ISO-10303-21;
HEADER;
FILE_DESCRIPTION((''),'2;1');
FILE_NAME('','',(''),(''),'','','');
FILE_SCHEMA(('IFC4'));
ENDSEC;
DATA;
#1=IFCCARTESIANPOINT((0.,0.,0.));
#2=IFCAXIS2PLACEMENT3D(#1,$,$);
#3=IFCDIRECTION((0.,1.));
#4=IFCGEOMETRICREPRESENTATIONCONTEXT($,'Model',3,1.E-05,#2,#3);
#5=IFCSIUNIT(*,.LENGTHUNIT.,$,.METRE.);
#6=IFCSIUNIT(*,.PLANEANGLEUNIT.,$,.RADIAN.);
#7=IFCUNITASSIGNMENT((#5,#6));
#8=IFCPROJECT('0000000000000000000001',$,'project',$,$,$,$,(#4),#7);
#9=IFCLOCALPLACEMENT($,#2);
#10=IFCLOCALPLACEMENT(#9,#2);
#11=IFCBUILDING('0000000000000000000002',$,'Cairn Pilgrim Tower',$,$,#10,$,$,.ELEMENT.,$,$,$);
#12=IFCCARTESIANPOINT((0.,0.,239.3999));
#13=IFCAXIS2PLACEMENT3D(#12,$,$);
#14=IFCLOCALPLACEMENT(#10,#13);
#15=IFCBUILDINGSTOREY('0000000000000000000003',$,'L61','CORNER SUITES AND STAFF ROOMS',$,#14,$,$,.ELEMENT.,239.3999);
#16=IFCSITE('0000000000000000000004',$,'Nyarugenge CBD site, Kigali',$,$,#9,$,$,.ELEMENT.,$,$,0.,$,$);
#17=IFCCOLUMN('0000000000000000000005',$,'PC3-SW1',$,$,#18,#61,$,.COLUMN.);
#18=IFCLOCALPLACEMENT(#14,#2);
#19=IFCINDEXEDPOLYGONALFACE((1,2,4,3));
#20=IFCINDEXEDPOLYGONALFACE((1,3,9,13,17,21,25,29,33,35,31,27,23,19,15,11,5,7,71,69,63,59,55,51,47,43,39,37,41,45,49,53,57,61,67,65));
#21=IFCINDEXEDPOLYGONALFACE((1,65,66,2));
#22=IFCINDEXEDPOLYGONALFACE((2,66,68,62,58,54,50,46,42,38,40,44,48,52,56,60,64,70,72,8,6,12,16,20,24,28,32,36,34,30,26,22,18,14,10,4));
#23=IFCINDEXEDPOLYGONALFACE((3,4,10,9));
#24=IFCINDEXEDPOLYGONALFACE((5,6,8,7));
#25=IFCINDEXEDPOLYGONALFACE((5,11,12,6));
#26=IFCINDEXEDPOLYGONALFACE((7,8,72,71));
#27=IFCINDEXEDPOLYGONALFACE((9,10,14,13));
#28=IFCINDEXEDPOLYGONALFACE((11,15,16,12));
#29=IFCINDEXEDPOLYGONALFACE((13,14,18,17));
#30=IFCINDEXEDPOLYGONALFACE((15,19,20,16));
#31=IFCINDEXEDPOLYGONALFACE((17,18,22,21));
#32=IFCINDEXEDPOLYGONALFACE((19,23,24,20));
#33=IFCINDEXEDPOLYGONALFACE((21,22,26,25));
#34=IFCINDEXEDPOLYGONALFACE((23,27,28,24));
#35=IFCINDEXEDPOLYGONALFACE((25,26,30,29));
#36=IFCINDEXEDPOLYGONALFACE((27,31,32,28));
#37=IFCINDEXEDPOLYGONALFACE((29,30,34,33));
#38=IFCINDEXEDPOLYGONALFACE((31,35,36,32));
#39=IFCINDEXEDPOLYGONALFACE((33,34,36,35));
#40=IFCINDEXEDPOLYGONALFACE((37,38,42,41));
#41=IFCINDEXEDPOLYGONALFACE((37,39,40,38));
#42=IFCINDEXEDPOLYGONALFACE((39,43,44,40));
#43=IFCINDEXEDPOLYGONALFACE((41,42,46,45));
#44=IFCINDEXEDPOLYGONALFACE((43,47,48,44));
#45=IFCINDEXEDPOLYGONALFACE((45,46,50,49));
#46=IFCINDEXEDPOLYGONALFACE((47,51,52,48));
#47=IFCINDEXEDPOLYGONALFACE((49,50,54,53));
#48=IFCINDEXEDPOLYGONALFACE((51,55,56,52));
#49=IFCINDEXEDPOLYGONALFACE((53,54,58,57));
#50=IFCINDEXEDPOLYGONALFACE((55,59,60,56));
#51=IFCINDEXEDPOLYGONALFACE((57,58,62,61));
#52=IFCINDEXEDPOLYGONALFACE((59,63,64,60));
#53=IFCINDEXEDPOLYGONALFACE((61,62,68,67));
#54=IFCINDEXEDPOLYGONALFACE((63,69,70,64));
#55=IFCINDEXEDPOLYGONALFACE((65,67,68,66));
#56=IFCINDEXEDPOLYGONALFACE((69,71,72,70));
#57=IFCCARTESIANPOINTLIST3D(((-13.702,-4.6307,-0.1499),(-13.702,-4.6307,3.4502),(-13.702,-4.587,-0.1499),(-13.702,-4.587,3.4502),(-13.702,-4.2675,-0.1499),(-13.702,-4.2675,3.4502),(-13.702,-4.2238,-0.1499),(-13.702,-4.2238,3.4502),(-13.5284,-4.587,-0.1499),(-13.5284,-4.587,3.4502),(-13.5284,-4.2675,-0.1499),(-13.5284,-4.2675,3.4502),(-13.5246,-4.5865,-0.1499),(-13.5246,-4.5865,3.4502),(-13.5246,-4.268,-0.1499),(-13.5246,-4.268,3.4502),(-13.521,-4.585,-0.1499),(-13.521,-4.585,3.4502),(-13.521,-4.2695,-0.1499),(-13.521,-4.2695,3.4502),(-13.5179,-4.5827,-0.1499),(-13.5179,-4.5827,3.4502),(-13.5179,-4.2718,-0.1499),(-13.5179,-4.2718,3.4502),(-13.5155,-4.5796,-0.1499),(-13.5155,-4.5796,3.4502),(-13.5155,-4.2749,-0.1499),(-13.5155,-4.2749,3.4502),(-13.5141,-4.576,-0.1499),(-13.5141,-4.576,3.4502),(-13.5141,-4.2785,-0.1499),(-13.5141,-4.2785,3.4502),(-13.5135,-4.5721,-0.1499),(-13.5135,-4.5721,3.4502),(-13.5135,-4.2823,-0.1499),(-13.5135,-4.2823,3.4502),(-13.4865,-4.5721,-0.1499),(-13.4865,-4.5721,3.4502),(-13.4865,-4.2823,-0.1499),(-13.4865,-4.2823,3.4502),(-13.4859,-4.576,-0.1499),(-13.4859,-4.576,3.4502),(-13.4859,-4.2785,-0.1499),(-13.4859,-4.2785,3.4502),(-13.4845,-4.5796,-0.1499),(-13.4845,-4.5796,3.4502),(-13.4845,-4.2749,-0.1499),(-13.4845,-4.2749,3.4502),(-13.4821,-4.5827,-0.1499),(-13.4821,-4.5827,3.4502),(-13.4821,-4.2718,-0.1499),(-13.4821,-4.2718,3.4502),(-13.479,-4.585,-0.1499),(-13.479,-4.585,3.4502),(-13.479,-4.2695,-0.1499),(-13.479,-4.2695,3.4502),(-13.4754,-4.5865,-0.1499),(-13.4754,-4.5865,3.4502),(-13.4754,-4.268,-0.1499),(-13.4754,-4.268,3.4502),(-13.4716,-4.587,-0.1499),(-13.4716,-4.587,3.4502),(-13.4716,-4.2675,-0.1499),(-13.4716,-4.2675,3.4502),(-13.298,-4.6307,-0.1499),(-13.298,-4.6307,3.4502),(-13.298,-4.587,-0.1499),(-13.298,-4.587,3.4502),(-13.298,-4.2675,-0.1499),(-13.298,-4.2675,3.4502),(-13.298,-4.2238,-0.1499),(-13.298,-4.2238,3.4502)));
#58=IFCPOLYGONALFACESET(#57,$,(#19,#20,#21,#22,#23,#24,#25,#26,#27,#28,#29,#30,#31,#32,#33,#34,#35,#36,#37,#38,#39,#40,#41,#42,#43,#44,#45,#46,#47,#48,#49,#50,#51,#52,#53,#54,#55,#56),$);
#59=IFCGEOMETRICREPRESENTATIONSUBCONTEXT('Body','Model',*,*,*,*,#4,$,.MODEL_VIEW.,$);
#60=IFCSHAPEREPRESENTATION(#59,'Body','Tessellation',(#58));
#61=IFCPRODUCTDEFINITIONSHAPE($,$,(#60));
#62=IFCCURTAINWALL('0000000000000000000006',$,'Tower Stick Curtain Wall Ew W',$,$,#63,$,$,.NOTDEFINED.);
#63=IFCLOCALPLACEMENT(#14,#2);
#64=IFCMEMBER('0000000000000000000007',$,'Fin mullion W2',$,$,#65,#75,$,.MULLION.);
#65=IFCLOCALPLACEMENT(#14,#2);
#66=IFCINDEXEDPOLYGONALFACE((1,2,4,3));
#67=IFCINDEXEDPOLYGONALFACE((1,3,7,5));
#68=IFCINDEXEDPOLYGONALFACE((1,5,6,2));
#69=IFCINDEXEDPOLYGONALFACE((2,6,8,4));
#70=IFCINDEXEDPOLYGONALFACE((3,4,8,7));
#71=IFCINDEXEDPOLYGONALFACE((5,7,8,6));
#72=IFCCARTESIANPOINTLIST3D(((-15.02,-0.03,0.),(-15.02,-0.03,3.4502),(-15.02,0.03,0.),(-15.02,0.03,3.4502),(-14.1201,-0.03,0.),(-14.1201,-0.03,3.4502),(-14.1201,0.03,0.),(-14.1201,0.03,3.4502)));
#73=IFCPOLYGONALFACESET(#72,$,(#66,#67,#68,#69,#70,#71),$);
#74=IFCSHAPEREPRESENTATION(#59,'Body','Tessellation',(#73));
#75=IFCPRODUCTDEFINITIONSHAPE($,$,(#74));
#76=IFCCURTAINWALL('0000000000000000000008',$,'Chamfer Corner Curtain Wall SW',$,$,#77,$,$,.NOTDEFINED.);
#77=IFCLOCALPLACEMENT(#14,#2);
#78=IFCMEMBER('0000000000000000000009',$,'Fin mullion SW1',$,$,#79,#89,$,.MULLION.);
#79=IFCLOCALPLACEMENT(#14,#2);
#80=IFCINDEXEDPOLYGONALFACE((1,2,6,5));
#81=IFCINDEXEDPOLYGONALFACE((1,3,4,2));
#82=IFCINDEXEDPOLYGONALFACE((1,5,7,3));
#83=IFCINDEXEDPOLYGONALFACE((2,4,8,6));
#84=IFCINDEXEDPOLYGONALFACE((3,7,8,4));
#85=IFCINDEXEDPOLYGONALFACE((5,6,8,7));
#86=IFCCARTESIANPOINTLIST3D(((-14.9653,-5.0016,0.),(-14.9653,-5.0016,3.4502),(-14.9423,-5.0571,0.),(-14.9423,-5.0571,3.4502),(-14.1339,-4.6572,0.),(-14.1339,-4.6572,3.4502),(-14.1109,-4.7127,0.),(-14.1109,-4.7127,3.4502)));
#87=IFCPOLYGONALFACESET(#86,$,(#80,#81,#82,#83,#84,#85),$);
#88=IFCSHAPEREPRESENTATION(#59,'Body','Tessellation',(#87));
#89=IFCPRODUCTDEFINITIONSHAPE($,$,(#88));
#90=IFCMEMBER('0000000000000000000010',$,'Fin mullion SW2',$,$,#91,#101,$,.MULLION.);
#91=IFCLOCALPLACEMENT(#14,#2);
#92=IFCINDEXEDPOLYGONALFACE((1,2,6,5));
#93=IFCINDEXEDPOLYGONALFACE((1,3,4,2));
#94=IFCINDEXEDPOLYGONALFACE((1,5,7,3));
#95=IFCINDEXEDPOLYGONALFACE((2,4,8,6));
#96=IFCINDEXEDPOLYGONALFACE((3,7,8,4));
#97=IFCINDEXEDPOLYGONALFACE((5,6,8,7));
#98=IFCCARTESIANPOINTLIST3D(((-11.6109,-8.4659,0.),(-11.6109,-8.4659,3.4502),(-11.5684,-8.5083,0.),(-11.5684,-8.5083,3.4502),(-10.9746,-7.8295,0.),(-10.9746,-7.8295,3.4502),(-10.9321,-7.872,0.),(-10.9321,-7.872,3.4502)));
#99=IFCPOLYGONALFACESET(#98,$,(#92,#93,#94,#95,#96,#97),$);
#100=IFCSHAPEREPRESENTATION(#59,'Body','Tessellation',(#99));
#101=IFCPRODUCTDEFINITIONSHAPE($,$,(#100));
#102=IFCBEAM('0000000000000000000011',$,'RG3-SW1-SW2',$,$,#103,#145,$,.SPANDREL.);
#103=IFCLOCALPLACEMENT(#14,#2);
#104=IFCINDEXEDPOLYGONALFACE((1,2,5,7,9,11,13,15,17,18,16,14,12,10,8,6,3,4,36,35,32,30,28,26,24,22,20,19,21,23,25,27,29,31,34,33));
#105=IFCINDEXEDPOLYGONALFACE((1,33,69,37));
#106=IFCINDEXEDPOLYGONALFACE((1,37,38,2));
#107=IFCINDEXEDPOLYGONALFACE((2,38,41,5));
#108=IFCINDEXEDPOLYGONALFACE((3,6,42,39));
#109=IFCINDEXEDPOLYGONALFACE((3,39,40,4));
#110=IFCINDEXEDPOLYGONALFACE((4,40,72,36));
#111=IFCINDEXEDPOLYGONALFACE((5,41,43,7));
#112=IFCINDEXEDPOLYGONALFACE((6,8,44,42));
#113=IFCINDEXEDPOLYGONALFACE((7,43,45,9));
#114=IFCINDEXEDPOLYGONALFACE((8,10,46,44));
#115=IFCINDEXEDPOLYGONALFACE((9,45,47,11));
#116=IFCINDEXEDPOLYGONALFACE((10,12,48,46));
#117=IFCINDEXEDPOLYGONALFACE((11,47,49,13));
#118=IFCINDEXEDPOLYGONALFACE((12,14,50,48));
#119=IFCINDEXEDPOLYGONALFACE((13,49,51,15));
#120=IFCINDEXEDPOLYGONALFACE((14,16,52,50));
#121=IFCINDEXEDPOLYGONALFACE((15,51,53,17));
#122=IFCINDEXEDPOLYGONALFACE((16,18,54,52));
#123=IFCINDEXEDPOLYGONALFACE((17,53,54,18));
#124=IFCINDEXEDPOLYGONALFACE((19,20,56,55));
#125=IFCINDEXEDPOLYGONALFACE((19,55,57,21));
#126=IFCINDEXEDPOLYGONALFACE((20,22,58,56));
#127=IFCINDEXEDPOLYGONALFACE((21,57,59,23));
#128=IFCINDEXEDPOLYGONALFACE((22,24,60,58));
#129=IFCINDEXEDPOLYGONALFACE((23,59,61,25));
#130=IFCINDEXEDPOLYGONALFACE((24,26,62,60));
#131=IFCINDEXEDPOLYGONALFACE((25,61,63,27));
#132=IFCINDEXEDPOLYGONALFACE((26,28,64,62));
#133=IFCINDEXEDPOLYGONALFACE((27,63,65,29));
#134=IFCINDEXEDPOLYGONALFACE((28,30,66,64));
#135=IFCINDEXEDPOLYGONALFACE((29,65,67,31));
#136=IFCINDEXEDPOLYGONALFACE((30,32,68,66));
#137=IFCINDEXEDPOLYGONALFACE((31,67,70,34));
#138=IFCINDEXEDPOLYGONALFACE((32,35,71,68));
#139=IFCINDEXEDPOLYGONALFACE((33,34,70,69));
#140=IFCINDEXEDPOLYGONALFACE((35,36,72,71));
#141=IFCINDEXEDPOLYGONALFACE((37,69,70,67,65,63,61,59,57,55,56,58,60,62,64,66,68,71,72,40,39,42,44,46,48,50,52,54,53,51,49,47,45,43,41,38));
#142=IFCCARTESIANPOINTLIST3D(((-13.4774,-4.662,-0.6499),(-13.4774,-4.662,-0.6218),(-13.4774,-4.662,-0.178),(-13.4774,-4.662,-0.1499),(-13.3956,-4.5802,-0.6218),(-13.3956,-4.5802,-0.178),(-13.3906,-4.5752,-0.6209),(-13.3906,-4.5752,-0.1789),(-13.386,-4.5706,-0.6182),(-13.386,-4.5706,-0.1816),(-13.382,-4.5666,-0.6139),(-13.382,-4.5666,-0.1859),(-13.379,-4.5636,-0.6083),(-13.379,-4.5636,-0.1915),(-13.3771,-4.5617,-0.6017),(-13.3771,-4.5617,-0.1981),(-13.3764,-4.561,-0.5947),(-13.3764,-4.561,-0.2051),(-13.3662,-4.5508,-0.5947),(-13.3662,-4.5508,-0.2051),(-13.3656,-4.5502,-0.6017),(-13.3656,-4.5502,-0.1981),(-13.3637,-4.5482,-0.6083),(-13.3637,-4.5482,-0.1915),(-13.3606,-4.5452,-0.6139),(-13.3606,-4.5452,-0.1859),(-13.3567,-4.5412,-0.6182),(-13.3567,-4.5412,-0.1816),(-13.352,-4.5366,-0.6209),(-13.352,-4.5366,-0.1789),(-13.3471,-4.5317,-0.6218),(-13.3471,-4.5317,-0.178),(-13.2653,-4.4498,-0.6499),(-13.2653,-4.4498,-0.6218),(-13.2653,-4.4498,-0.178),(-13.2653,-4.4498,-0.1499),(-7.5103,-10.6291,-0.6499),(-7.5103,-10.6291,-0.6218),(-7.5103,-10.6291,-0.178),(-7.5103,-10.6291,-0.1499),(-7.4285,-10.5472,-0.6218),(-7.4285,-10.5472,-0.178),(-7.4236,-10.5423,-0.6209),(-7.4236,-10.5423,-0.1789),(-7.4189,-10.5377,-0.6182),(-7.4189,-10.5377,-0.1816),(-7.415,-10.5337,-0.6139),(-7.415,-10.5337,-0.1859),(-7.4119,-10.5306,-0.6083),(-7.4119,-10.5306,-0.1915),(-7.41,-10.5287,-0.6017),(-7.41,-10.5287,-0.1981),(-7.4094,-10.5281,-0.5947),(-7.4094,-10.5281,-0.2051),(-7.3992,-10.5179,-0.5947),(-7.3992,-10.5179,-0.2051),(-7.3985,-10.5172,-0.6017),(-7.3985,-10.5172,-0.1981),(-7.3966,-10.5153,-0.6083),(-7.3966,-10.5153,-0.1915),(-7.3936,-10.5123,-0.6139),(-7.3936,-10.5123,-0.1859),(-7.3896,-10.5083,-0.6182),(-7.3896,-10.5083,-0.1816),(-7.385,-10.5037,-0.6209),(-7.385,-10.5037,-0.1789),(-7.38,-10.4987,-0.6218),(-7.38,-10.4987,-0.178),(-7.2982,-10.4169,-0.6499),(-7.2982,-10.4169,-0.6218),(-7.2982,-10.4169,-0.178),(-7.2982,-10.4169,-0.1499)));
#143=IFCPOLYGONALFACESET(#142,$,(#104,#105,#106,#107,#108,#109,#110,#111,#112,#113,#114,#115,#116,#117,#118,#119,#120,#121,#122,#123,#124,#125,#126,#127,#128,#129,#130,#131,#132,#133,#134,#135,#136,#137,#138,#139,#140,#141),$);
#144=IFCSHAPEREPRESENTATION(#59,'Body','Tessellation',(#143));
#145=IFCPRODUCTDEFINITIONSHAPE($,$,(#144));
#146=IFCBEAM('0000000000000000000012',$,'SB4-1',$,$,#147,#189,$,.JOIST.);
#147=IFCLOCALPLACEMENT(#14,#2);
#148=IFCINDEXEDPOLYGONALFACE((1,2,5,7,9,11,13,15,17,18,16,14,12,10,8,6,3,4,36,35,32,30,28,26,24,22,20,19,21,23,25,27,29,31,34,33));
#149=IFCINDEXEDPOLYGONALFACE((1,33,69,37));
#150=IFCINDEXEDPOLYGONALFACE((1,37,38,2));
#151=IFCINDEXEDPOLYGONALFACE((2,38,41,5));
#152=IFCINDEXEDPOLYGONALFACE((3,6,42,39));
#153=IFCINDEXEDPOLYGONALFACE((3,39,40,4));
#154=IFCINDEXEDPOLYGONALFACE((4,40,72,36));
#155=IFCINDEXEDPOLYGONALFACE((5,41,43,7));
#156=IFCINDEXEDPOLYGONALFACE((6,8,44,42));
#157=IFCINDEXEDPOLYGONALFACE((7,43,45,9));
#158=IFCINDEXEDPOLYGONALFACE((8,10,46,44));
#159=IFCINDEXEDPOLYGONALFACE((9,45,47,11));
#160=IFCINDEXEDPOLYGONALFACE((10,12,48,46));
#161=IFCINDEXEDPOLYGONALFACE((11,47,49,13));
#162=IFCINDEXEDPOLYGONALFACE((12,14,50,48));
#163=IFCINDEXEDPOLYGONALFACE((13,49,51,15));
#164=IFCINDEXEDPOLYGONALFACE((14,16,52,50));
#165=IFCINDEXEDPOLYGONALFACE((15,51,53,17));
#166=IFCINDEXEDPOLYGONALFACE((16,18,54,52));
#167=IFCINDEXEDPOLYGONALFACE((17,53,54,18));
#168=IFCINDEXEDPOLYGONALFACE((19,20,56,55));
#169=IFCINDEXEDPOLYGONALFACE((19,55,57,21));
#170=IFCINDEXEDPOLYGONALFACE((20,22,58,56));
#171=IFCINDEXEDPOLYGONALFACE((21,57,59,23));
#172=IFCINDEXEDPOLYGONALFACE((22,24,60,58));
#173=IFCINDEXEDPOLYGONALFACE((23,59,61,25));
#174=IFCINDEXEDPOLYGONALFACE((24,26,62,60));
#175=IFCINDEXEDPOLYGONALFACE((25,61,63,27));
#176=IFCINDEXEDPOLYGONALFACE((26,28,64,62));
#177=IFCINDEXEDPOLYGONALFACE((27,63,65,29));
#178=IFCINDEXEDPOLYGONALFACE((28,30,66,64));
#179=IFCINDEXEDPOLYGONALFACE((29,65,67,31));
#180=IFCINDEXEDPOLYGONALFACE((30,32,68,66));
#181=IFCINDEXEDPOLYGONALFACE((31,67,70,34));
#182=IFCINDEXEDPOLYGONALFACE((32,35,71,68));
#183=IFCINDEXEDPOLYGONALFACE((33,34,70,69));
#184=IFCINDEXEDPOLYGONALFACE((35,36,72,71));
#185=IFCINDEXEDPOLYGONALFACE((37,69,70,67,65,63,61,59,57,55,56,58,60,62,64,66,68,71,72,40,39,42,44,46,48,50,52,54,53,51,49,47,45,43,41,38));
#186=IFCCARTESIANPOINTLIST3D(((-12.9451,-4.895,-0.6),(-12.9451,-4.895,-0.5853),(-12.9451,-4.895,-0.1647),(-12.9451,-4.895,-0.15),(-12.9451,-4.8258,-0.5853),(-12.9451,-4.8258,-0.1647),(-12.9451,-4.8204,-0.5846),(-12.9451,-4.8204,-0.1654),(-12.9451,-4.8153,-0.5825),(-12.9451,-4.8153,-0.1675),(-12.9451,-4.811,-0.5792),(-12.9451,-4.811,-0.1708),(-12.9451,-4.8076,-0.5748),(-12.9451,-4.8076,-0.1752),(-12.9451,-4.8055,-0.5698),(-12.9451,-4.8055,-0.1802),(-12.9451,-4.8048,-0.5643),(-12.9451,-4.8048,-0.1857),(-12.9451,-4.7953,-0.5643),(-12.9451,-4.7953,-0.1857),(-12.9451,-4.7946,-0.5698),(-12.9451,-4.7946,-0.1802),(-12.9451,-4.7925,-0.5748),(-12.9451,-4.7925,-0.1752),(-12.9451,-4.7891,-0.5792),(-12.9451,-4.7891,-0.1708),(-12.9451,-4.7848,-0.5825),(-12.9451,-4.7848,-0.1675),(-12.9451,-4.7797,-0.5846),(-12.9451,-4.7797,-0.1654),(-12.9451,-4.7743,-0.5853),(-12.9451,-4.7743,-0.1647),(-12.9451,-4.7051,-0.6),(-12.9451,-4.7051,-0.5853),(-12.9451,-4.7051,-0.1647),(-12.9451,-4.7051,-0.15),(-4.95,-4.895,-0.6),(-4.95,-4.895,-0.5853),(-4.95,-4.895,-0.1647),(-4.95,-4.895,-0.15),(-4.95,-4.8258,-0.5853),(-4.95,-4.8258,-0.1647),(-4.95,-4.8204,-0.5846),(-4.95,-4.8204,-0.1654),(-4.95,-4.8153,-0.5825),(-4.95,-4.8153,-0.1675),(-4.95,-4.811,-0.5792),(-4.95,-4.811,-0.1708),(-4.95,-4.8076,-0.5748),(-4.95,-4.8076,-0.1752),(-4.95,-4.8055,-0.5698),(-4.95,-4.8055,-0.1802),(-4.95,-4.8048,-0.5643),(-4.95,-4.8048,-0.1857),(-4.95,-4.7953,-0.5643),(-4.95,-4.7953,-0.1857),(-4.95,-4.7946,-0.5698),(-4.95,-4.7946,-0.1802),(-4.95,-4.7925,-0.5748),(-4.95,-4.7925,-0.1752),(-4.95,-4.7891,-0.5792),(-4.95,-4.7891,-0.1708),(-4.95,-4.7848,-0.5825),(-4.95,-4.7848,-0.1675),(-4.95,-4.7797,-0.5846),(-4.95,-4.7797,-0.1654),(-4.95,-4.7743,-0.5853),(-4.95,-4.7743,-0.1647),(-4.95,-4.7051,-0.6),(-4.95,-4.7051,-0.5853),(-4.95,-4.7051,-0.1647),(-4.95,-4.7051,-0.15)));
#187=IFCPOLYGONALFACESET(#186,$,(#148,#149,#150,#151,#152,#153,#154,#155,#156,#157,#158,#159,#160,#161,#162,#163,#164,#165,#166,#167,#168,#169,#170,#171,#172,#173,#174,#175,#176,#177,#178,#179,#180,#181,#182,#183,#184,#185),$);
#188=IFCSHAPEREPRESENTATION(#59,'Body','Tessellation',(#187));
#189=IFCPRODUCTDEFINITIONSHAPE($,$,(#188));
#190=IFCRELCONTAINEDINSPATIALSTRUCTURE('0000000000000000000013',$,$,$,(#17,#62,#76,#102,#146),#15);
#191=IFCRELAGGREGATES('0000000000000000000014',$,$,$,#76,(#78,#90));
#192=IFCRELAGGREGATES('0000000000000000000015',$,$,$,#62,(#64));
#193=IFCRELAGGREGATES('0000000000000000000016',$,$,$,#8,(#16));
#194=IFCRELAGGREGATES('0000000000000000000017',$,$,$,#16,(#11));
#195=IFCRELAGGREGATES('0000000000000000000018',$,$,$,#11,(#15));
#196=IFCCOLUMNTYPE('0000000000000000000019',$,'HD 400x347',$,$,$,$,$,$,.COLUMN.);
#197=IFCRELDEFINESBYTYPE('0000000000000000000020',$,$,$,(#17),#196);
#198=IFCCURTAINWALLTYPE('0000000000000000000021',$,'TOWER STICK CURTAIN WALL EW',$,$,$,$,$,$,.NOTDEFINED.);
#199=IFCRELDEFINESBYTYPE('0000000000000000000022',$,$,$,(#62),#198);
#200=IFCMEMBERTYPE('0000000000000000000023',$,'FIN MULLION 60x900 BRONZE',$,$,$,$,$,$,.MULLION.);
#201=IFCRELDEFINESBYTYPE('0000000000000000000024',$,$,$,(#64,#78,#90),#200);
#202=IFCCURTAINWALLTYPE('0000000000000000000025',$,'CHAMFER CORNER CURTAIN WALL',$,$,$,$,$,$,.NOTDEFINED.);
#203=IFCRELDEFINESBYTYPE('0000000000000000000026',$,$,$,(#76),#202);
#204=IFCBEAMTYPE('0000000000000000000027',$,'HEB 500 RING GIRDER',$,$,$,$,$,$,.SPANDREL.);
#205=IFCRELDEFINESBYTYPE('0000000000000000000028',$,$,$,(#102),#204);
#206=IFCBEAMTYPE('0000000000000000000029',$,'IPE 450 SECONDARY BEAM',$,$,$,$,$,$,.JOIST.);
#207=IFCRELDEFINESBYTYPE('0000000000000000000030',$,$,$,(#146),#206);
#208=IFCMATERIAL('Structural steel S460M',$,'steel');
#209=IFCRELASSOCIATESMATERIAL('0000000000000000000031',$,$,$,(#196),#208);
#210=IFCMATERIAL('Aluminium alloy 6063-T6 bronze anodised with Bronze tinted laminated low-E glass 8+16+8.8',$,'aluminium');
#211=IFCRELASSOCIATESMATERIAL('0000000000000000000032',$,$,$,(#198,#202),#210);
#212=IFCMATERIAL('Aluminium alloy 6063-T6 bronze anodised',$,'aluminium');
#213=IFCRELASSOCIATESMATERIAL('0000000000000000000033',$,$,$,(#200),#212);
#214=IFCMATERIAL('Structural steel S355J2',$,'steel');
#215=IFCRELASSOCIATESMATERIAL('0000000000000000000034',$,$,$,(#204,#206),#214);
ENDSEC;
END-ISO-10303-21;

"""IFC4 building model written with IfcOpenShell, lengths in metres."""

from ifc_helpers import new_model, si_unit, direction, frame, origin, origin_2d, place, context, subcontext, project, spatial, rectangle, i_section, extrude, material, material_profile, profile_set, type_object, element, aggregate, save


model = new_model("IFC4")

# Units and contexts
model_context = context("Model", 3, precision=1e-05, world=origin(), true_north=direction((0.0, 1.0)))
body_context = subcontext(model_context, "Body", "Model", "MODEL_VIEW")
ifc_project = project(units=[si_unit("LENGTHUNIT", "METRE"), si_unit("PLANEANGLEUNIT", "RADIAN")], contexts=[model_context])

# Site, building, storey
site_placement = place(None, origin())
site = spatial("IfcSite", under=ifc_project, at=site_placement, Name="Nyarugenge CBD site, Kigali", CompositionType="ELEMENT", RefElevation=0.0)
building_placement = place(site_placement, origin())
building = spatial("IfcBuilding", under=site, at=building_placement, Name="Cairn Pilgrim Tower", CompositionType="ELEMENT")
storey_placement = place(building_placement, frame((0.0, 0.0, 239.3999)))
storey = spatial("IfcBuildingStorey", under=building, at=storey_placement, Name="L61", Description="CORNER SUITES AND STAFF ROOMS", CompositionType="ELEMENT", Elevation=239.3999)

# Column
ifc_material_1 = material(Name="Structural steel S460M", Category="steel")
ifc_material_profile_1 = material_profile(ifc_material_1, i_section(OverallWidth=0.4041, OverallDepth=0.407, WebThickness=0.0271, FlangeThickness=0.0437, FilletRadius=0.0149, at=origin_2d()), Name="HD 400x347")
ifc_profile_set_1 = profile_set([ifc_material_profile_1], Name="Structural steel S460M")
column_type = type_object("IfcColumnType", Name="HD 400x347", PredefinedType="COLUMN", material=ifc_profile_set_1)
column_placement = place(storey_placement, frame((-13.5, -4.4272, -0.1499), z_axis=(0.0, 0.0, 1.0), x_axis=(1.0, 0.0, 0.0)))
element("IfcColumn", 1, at=column_placement, inside=storey, type_object=column_type, Name="PC3-SW1", PredefinedType="COLUMN", context=body_context, shape_type="SweptSolid", body=[
    extrude(i_section(OverallWidth=0.4041, OverallDepth=0.407, WebThickness=0.0271, FlangeThickness=0.0437, FilletRadius=0.0149, at=origin_2d()), origin(), (0.0, 0.0, 1.0), 3.6001),
])

# Curtain wall, member
ifc_material_2 = material(Name="Aluminium alloy 6063-T6 bronze anodised with Bronze tinted laminated low-E glass 8+16+8.8", Category="aluminium")
curtain_wall_type_1 = type_object("IfcCurtainWallType", Name="TOWER STICK CURTAIN WALL EW", PredefinedType="NOTDEFINED", material=ifc_material_2)
curtain_wall_1_placement = place(storey_placement, origin())
curtain_wall_1 = element("IfcCurtainWall", 2, at=curtain_wall_1_placement, inside=storey, type_object=curtain_wall_type_1, Name="Tower Stick Curtain Wall Ew W", PredefinedType="NOTDEFINED")
ifc_material_3 = material(Name="Aluminium alloy 6063-T6 bronze anodised", Category="aluminium")
ifc_material_profile_2 = material_profile(ifc_material_3, rectangle(XDim=0.8999, YDim=0.0601, at=origin_2d()), Name="FIN MULLION 60x900 BRONZE")
ifc_profile_set_2 = profile_set([ifc_material_profile_2], Name="Aluminium alloy 6063-T6 bronze anodised")
member_type_1 = type_object("IfcMemberType", Name="FIN MULLION 60x900 BRONZE", PredefinedType="MULLION", material=ifc_profile_set_2)
member_1_placement = place(storey_placement, frame((-14.5701, 0.0, 0.0), z_axis=(0.0, 0.0, 1.0), x_axis=(-1.0, 0.0, 0.0)))
member_1 = element("IfcMember", 3, at=member_1_placement, type_object=member_type_1, Name="Fin mullion W2", PredefinedType="MULLION", context=body_context, shape_type="SweptSolid", body=[
    extrude(rectangle(XDim=0.8999, YDim=0.0601, at=origin_2d()), origin(), (0.0, 0.0, 1.0), 3.4502),
])

# Curtain wall, members
curtain_wall_type_2 = type_object("IfcCurtainWallType", Name="CHAMFER CORNER CURTAIN WALL", PredefinedType="NOTDEFINED", material=ifc_material_2)
curtain_wall_2_placement = place(storey_placement, origin())
curtain_wall_2 = element("IfcCurtainWall", 4, at=curtain_wall_2_placement, inside=storey, type_object=curtain_wall_type_2, Name="Chamfer Corner Curtain Wall SW", PredefinedType="NOTDEFINED")
member_2_placement = place(storey_placement, frame((-14.5381, -4.8572, 0.0), z_axis=(0.0, 0.0, 1.0), x_axis=(-0.92388, -0.382683, 0.0)))
member_2 = element("IfcMember", 5, at=member_2_placement, type_object=member_type_1, Name="Fin mullion SW1", PredefinedType="MULLION", context=body_context, shape_type="SweptSolid", body=[
    extrude(rectangle(XDim=0.8999, YDim=0.0601, at=origin_2d()), origin(), (0.0, 0.0, 1.0), 3.4502),
])
member_3_placement = place(storey_placement, frame((-11.2715, -8.1689, 0.0), z_axis=(0.0, 0.0, 1.0), x_axis=(-0.707107, -0.707107, 0.0)))
member_3 = element("IfcMember", 6, at=member_3_placement, type_object=member_type_1, Name="Fin mullion SW2", PredefinedType="MULLION", context=body_context, shape_type="SweptSolid", body=[
    extrude(rectangle(XDim=0.8999, YDim=0.0601, at=origin_2d()), origin(), (0.0, 0.0, 1.0), 3.4502),
])
aggregate(curtain_wall_2, [member_2, member_3])

# Beams
ifc_material_4 = material(Name="Structural steel S355J2", Category="steel")
ifc_material_profile_3 = material_profile(ifc_material_4, i_section(OverallWidth=0.3, OverallDepth=0.5, WebThickness=0.0144, FlangeThickness=0.0281, FilletRadius=0.0271, at=origin_2d()), Name="HEB 500")
ifc_profile_set_3 = profile_set([ifc_material_profile_3], Name="Structural steel S355J2")
beam_type_1 = type_object("IfcBeamType", Name="HEB 500 RING GIRDER", PredefinedType="SPANDREL", material=ifc_profile_set_3)
beam_1_placement = place(storey_placement, frame((-13.3713, -4.5559, -0.3999), z_axis=(0.707107, -0.707107, 0.0), x_axis=(0.707107, 0.707107, 0.0)))
element("IfcBeam", 7, at=beam_1_placement, inside=storey, type_object=beam_type_1, Name="RG3-SW1-SW2", PredefinedType="SPANDREL", context=body_context, shape_type="SweptSolid", body=[
    extrude(i_section(OverallWidth=0.3, OverallDepth=0.5, WebThickness=0.0144, FlangeThickness=0.0281, FilletRadius=0.0271, at=origin_2d()), origin(), (0.0, 0.0, 1.0), 8.4387),
])
ifc_material_profile_4 = material_profile(ifc_material_4, i_section(OverallWidth=0.1899, OverallDepth=0.45, WebThickness=0.0095, FlangeThickness=0.0146, FilletRadius=0.021, at=origin_2d()), Name="IPE 450")
ifc_profile_set_4 = profile_set([ifc_material_profile_4], Name="Structural steel S355J2")
beam_type_2 = type_object("IfcBeamType", Name="IPE 450 SECONDARY BEAM", PredefinedType="JOIST", material=ifc_profile_set_4)
beam_2_placement = place(storey_placement, frame((-12.9451, -4.8, -0.375), z_axis=(1.0, 0.0, 0.0), x_axis=(0.0, 1.0, 0.0)))
element("IfcBeam", 8, at=beam_2_placement, inside=storey, type_object=beam_type_2, Name="SB4-1", PredefinedType="JOIST", context=body_context, shape_type="SweptSolid", body=[
    extrude(i_section(OverallWidth=0.1899, OverallDepth=0.45, WebThickness=0.0095, FlangeThickness=0.0146, FilletRadius=0.021, at=origin_2d()), origin(), (0.0, 0.0, 1.0), 7.9951),
])

aggregate(curtain_wall_1, [member_1])

save(model, "model.ifc")
